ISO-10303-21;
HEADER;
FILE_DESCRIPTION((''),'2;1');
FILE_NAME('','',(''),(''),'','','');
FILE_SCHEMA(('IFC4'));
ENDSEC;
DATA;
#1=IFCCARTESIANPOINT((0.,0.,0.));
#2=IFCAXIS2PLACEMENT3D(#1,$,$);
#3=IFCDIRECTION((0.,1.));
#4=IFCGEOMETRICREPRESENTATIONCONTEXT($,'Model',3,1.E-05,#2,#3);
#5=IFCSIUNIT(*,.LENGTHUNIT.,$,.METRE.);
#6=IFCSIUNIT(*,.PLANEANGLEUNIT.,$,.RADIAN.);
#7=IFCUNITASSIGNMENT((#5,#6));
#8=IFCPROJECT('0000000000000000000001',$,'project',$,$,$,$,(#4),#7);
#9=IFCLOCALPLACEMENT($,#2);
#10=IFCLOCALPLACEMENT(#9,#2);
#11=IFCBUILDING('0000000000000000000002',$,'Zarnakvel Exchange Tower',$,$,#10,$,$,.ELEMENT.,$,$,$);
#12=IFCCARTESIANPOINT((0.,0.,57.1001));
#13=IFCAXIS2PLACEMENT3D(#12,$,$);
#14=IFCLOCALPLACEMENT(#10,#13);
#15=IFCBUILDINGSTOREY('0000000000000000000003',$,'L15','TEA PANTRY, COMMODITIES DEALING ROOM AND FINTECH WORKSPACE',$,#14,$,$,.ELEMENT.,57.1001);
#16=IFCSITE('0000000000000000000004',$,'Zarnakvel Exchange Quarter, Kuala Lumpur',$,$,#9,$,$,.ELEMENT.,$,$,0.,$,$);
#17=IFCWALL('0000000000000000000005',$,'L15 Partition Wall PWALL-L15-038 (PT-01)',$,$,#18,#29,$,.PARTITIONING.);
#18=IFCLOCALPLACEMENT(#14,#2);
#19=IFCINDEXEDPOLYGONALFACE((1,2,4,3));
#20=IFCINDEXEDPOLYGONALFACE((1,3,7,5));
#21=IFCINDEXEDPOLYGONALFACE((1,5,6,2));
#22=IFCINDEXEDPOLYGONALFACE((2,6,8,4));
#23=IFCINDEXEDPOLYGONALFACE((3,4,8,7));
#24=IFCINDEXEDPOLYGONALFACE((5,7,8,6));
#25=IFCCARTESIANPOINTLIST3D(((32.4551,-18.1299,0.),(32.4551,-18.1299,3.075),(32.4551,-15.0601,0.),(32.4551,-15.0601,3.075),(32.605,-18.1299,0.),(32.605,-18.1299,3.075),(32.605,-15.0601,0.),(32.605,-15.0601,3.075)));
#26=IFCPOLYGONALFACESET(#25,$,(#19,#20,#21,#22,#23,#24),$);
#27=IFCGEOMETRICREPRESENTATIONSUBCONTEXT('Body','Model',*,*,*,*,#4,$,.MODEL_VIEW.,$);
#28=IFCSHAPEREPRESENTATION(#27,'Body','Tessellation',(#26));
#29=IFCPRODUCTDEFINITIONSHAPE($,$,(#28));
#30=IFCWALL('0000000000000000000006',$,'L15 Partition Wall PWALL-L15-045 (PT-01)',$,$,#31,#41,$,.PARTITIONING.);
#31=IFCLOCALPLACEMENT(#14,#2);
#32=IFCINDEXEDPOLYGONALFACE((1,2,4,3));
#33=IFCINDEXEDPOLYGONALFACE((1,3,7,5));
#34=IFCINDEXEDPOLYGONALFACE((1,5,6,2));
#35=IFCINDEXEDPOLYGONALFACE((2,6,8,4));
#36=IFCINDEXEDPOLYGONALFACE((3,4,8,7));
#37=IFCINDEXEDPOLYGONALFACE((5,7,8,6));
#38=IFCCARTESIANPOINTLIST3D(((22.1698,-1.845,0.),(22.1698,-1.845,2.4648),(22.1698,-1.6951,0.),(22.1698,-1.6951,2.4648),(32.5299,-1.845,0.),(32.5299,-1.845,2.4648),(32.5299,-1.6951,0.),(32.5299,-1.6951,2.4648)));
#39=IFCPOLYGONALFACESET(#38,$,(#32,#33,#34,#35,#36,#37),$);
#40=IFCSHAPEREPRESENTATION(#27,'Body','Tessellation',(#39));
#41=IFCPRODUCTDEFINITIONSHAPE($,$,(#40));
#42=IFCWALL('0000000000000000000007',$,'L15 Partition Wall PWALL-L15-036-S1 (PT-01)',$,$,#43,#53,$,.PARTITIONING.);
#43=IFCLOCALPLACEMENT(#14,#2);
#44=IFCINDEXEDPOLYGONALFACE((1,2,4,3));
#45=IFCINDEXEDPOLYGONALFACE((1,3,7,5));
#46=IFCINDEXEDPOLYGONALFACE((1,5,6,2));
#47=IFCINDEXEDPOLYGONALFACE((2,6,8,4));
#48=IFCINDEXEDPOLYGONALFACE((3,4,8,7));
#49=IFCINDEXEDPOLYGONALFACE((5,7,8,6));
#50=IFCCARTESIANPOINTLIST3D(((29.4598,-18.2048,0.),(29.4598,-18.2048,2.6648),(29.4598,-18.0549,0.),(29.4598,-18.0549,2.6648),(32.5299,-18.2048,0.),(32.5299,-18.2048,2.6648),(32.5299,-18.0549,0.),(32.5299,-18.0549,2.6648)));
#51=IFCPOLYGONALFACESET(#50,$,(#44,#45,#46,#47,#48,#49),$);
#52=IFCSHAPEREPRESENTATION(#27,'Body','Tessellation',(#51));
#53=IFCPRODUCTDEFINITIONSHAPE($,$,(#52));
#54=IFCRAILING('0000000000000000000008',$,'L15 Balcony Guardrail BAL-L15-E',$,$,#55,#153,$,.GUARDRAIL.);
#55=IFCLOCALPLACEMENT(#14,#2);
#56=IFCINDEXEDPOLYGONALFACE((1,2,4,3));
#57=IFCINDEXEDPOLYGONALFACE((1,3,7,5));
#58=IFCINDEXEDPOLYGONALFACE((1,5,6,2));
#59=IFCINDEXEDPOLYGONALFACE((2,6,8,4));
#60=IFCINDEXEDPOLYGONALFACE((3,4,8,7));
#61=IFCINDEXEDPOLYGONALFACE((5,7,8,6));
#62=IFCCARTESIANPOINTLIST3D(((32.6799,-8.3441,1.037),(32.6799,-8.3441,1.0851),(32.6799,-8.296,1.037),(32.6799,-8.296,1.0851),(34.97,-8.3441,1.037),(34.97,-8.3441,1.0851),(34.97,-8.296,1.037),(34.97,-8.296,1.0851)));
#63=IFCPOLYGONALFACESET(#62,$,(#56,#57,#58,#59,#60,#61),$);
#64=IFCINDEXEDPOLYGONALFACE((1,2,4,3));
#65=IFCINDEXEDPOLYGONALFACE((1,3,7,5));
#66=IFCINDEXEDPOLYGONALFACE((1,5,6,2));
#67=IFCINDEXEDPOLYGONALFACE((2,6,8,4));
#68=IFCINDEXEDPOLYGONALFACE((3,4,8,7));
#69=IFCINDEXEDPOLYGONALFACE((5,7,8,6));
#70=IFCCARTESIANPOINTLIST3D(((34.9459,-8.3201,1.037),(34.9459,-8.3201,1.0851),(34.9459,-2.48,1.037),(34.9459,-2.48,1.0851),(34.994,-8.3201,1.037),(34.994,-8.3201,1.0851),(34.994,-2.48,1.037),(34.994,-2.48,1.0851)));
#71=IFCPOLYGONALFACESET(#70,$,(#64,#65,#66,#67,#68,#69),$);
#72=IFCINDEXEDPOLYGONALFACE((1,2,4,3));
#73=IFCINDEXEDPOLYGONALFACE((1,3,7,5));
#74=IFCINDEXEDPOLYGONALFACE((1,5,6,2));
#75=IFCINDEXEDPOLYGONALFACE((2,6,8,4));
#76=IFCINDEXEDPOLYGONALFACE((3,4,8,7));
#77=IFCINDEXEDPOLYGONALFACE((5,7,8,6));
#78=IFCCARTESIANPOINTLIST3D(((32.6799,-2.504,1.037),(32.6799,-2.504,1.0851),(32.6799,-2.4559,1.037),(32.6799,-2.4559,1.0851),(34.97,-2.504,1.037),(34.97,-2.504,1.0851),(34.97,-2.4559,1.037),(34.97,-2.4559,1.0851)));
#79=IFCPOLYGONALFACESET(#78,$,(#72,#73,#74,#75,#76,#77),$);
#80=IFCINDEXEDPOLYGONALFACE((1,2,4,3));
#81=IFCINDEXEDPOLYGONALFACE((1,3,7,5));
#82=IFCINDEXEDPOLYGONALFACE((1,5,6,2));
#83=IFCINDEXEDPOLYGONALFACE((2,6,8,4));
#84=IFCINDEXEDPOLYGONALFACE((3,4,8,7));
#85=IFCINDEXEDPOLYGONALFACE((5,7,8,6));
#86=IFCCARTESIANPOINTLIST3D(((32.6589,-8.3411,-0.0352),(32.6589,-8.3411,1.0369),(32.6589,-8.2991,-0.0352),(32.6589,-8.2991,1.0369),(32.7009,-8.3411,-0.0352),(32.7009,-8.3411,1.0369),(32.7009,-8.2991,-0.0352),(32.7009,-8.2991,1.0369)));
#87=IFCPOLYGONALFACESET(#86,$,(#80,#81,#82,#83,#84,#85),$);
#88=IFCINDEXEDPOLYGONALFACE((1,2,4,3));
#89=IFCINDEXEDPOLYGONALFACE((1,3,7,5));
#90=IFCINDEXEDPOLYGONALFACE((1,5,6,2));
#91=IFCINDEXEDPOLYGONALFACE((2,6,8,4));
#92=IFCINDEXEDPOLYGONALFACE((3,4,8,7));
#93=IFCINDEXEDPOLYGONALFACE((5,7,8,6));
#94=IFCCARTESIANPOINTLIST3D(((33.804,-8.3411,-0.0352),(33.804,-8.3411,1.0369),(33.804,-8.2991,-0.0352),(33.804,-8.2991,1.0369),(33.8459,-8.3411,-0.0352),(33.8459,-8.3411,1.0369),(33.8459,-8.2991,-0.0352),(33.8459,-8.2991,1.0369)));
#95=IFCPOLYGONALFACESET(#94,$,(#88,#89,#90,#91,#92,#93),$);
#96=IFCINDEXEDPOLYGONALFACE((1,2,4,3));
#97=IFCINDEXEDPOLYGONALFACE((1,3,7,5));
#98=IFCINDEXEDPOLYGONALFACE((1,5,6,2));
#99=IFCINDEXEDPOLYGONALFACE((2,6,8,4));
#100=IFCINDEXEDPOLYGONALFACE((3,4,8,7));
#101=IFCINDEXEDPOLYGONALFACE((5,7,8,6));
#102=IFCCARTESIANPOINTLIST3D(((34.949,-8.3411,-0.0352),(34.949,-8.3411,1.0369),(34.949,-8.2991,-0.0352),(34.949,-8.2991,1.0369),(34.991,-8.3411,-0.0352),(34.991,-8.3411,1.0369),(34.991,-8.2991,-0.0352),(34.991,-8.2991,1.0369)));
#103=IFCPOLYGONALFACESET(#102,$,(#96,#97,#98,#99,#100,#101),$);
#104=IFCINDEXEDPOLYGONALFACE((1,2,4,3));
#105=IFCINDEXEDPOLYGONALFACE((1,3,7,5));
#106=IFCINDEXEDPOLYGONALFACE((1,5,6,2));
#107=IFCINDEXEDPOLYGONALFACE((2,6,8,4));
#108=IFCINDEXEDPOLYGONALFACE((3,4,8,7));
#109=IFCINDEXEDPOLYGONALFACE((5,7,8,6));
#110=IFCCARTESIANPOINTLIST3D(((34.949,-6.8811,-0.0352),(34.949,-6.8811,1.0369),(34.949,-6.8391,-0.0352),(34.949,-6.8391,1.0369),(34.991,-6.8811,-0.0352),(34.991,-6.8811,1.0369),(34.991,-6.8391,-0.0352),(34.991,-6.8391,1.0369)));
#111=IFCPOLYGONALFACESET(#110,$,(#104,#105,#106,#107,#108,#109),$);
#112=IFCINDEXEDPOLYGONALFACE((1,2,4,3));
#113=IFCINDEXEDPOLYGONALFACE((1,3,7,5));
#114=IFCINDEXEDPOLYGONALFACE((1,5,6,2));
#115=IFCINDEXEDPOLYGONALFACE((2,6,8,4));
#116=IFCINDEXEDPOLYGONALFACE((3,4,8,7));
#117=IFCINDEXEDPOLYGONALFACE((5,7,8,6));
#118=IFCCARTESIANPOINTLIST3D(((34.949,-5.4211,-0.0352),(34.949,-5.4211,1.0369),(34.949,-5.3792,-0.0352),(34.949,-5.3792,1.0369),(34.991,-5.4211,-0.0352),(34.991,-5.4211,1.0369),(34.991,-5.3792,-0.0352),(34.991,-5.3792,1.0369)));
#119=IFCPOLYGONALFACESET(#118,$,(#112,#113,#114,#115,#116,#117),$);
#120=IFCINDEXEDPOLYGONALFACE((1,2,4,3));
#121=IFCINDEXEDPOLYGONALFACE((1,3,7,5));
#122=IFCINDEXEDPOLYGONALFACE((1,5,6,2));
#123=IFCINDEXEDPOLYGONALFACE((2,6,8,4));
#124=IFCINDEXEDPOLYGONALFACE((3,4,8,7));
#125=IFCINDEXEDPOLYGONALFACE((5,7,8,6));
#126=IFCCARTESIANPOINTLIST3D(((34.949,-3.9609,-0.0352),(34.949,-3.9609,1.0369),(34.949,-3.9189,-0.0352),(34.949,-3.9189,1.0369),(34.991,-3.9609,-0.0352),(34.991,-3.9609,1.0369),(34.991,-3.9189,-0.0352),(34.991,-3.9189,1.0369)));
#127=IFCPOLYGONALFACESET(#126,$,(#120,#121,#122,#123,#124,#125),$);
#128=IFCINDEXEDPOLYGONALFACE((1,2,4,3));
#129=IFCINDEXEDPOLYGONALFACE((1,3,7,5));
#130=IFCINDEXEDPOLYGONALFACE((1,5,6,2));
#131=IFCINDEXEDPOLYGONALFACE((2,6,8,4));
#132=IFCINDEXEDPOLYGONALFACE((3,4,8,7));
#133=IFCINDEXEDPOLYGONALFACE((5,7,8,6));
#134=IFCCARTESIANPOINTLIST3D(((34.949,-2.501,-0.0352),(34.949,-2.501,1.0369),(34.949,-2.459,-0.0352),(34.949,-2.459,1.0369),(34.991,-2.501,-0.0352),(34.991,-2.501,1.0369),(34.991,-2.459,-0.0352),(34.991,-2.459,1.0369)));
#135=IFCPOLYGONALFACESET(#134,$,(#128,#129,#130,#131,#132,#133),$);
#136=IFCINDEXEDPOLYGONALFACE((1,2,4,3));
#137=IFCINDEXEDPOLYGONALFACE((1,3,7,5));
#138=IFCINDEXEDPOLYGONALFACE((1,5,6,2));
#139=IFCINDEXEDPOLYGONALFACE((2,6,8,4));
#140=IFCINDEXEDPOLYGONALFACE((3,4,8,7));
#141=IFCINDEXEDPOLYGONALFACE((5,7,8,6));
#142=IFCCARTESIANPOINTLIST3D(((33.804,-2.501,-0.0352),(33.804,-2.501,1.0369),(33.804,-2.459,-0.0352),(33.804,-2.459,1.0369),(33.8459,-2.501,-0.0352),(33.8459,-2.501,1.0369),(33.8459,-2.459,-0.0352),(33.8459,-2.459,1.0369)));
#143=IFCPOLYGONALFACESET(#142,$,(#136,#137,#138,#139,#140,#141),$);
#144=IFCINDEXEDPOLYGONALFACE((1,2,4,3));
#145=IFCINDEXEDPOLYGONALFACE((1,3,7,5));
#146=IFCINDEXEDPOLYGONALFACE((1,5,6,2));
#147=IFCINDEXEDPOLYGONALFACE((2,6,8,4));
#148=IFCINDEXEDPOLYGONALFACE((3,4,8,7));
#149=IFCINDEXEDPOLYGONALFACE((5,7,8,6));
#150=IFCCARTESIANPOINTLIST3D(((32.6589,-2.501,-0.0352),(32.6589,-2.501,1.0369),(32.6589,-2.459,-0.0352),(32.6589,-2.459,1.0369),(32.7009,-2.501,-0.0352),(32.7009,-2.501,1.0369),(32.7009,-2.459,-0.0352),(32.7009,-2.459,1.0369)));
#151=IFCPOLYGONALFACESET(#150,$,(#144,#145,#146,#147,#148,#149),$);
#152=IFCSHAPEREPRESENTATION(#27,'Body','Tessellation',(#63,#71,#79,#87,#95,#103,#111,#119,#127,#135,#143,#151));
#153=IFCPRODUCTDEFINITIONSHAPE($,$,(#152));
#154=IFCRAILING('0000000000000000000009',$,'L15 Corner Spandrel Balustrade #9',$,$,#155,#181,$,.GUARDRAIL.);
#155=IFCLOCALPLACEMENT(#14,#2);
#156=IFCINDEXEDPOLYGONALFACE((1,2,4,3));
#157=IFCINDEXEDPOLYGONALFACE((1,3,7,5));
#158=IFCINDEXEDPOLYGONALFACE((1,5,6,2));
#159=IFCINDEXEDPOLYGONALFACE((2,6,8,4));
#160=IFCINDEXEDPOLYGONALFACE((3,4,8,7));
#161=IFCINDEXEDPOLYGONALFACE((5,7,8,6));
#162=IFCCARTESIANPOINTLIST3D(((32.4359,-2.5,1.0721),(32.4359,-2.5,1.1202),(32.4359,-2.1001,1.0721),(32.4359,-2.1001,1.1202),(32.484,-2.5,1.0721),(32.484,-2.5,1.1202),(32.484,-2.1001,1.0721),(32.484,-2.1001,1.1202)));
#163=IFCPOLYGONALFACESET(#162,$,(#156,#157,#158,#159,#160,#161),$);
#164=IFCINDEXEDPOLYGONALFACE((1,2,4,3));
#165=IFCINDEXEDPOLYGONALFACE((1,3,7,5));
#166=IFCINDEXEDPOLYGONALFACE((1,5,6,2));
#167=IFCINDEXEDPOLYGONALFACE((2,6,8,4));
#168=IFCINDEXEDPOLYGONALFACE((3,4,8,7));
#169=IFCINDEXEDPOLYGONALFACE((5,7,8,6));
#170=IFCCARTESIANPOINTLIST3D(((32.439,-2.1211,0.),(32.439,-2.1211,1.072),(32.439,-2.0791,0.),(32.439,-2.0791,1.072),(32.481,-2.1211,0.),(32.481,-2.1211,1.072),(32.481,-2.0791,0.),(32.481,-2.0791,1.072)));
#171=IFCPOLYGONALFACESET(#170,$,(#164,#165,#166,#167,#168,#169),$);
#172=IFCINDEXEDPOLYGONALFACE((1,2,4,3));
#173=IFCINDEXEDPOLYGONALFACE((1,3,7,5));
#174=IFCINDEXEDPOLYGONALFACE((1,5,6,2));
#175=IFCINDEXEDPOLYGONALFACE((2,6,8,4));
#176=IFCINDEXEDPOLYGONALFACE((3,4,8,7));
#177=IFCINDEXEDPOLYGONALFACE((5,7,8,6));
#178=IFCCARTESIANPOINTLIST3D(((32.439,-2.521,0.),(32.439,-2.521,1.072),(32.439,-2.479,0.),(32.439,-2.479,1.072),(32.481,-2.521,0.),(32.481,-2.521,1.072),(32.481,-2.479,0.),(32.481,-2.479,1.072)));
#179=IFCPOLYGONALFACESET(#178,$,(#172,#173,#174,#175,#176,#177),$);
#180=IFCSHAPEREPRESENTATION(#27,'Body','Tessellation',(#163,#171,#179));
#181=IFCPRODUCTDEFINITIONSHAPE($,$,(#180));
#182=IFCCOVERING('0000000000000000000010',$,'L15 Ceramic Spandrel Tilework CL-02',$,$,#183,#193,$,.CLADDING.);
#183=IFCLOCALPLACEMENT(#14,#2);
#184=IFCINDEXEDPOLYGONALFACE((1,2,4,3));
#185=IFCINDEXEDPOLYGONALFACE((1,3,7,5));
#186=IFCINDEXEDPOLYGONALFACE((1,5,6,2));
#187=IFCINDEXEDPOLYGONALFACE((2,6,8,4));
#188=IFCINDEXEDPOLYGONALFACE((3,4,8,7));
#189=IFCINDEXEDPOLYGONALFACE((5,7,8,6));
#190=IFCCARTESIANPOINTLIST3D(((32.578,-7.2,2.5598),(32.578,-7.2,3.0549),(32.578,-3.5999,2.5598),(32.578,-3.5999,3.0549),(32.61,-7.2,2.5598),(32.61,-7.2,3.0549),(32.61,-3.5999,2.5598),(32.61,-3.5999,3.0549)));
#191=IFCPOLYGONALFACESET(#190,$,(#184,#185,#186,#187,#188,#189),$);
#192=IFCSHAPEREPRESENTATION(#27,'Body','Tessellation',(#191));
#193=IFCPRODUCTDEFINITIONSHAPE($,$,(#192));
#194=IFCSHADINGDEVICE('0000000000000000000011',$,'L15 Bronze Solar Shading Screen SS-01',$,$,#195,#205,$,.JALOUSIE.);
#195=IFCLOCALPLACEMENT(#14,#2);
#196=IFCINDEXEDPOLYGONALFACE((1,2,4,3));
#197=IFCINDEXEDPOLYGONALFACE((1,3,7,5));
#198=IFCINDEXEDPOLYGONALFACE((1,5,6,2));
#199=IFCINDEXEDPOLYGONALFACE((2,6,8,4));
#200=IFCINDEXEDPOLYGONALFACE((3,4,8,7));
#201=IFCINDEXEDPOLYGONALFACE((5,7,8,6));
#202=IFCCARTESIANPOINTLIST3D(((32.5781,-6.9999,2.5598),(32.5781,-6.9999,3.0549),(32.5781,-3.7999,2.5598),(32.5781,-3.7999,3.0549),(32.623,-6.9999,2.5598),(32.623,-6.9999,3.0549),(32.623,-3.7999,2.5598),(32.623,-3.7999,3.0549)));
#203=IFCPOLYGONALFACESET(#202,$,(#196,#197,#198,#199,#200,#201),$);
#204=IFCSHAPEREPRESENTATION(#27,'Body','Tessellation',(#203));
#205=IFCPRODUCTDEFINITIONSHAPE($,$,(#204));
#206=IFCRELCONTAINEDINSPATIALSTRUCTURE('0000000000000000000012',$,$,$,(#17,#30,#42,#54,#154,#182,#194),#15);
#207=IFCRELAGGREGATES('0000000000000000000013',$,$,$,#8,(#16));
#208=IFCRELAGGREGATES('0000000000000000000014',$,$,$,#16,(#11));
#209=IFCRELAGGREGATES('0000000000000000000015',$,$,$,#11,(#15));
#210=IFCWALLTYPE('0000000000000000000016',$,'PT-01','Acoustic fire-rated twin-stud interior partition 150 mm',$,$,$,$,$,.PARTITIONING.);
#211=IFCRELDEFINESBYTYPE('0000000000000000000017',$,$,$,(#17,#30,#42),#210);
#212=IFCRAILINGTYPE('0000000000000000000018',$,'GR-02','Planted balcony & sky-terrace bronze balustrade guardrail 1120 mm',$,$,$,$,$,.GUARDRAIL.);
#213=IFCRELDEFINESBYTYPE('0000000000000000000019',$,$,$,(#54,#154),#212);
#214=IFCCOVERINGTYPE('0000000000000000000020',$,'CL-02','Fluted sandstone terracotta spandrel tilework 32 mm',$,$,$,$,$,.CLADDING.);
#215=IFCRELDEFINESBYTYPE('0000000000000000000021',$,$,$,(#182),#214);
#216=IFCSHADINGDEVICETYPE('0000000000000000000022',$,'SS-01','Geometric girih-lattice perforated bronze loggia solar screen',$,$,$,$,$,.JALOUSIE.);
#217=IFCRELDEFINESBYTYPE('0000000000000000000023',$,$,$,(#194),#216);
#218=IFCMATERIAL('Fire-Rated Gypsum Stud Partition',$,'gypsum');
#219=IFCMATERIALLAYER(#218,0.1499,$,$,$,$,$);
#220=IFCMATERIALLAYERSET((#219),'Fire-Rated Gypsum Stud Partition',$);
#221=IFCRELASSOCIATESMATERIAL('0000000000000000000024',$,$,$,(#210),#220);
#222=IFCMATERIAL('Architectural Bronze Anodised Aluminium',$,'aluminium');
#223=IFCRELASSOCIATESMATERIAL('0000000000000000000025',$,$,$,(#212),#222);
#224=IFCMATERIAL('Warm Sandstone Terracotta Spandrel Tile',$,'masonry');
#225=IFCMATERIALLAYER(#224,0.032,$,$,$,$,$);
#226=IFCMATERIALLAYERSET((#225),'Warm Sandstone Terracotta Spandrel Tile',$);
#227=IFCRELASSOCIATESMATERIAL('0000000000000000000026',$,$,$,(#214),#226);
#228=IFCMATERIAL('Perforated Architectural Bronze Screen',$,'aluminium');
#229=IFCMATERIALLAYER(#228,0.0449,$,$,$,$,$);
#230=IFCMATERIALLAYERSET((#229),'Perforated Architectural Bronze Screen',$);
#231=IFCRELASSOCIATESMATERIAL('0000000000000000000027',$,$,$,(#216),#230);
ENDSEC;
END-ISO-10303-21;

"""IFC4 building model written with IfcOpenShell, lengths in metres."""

from ifc_helpers import new_model, si_unit, direction, frame, frame_2d, origin, origin_2d, place, context, subcontext, project, spatial, rectangle, extrude, source, transform, mapped, material, layer, layer_set, type_object, element, save


model = new_model("IFC4")

# Units and contexts
model_context = context("Model", 3, precision=1e-05, world=origin(), true_north=direction((0.0, 1.0)))
body_context = subcontext(model_context, "Body", "Model", "MODEL_VIEW")
ifc_project = project(units=[si_unit("LENGTHUNIT", "METRE"), si_unit("PLANEANGLEUNIT", "RADIAN")], contexts=[model_context])

# Site, building, storey
site_placement = place(None, origin())
site = spatial("IfcSite", under=ifc_project, at=site_placement, Name="Zarnakvel Exchange Quarter, Kuala Lumpur", CompositionType="ELEMENT", RefElevation=0.0)
building_placement = place(site_placement, origin())
building = spatial("IfcBuilding", under=site, at=building_placement, Name="Zarnakvel Exchange Tower", CompositionType="ELEMENT")
storey_placement = place(building_placement, frame((0.0, 0.0, 57.1001)))
storey = spatial("IfcBuildingStorey", under=building, at=storey_placement, Name="L15", Description="TEA PANTRY, COMMODITIES DEALING ROOM AND FINTECH WORKSPACE", CompositionType="ELEMENT", Elevation=57.1001)

# Shared definitions
ifc_material_1 = material(Name="Architectural Bronze Anodised Aluminium", Category="aluminium")

# Walls
ifc_material_2 = material(Name="Fire-Rated Gypsum Stud Partition", Category="gypsum")
ifc_layer_1 = layer(ifc_material_2, 0.1499)
ifc_layer_set_1 = layer_set([ifc_layer_1], Name="Fire-Rated Gypsum Stud Partition")
wall_type_1 = type_object("IfcWallType", Name="PT-01", Description="Acoustic fire-rated twin-stud interior partition 150 mm", PredefinedType="PARTITIONING", material=ifc_layer_set_1)
wall_1_placement = place(storey_placement, frame((32.53, -15.0601, 0.0), z_axis=(0.0, 0.0, 1.0), x_axis=(0.0, -1.0, 0.0)))
element("IfcWall", 1, at=wall_1_placement, inside=storey, type_object=wall_type_1, Name="L15 Partition Wall PWALL-L15-038 (PT-01)", PredefinedType="PARTITIONING", context=body_context, shape_type="SweptSolid", body=[
    extrude(rectangle(XDim=3.0698, YDim=0.1499, at=frame_2d((1.5349, 0.0))), origin(), (0.0, 0.0, 1.0), 3.075),
])
wall_2_placement = place(storey_placement, frame((32.53, -1.77, 0.0), z_axis=(0.0, 0.0, 1.0), x_axis=(-1.0, 0.0, 0.0)))
element("IfcWall", 2, at=wall_2_placement, inside=storey, type_object=wall_type_1, Name="L15 Partition Wall PWALL-L15-045 (PT-01)", PredefinedType="PARTITIONING", context=body_context, shape_type="SweptSolid", body=[
    extrude(rectangle(XDim=10.3601, YDim=0.1499, at=frame_2d((5.1802, 0.0))), origin(), (0.0, 0.0, 1.0), 2.4648),
])
wall_3_placement = place(storey_placement, frame((32.53, -18.1299, 0.0), z_axis=(0.0, 0.0, 1.0), x_axis=(-1.0, 0.0, 0.0)))
element("IfcWall", 3, at=wall_3_placement, inside=storey, type_object=wall_type_1, Name="L15 Partition Wall PWALL-L15-036-S1 (PT-01)", PredefinedType="PARTITIONING", context=body_context, shape_type="SweptSolid", body=[
    extrude(rectangle(XDim=3.0701, YDim=0.1499, at=frame_2d((1.5352, 0.0))), origin(), (0.0, 0.0, 1.0), 2.6648),
])

# Railings
railing_type = type_object("IfcRailingType", Name="GR-02", Description="Planted balcony & sky-terrace bronze balustrade guardrail 1120 mm", PredefinedType="GUARDRAIL", material=ifc_material_1)
railing_1_placement = place(storey_placement, frame((32.6799, -8.3201, -0.0352)))
element("IfcRailing", 4, at=railing_1_placement, inside=storey, type_object=railing_type, Name="L15 Balcony Guardrail BAL-L15-E", PredefinedType="GUARDRAIL", context=body_context, shape_type="SweptSolid", body=[
    extrude(rectangle(XDim=0.0481, YDim=0.0481, at=origin_2d()), frame((0.0, 0.0, 1.0962), z_axis=(1.0, 0.0, 0.0), x_axis=(0.0, 1.0, 0.0)), (0.0, 0.0, 1.0), 2.29),
    extrude(rectangle(XDim=0.0481, YDim=0.0481, at=origin_2d()), frame((2.29, 0.0, 1.0962), z_axis=(0.0, 1.0, 0.0), x_axis=(-1.0, 0.0, 0.0)), (0.0, 0.0, 1.0), 5.8401),
    extrude(rectangle(XDim=0.0481, YDim=0.0481, at=origin_2d()), frame((2.29, 5.8401, 1.0962), z_axis=(-1.0, 0.0, 0.0), x_axis=(0.0, -1.0, 0.0)), (0.0, 0.0, 1.0), 2.29),
    extrude(rectangle(XDim=0.042, YDim=0.042, at=origin_2d()), origin(), (0.0, 0.0, 1.0), 1.072),
    extrude(rectangle(XDim=0.042, YDim=0.042, at=origin_2d()), frame((1.145, 0.0, 0.0)), (0.0, 0.0, 1.0), 1.072),
    extrude(rectangle(XDim=0.042, YDim=0.042, at=origin_2d()), frame((2.29, 0.0, 0.0)), (0.0, 0.0, 1.0), 1.072),
    extrude(rectangle(XDim=0.042, YDim=0.042, at=origin_2d()), frame((2.29, 1.46, 0.0)), (0.0, 0.0, 1.0), 1.072),
    extrude(rectangle(XDim=0.042, YDim=0.042, at=origin_2d()), frame((2.29, 2.9199, 0.0)), (0.0, 0.0, 1.0), 1.072),
    extrude(rectangle(XDim=0.042, YDim=0.042, at=origin_2d()), frame((2.29, 4.3801, 0.0)), (0.0, 0.0, 1.0), 1.072),
    extrude(rectangle(XDim=0.042, YDim=0.042, at=origin_2d()), frame((2.29, 5.8401, 0.0)), (0.0, 0.0, 1.0), 1.072),
    extrude(rectangle(XDim=0.042, YDim=0.042, at=origin_2d()), frame((1.145, 5.8401, 0.0)), (0.0, 0.0, 1.0), 1.072),
    extrude(rectangle(XDim=0.042, YDim=0.042, at=origin_2d()), frame((0.0, 5.8401, 0.0)), (0.0, 0.0, 1.0), 1.072),
])
railing_2_placement = place(storey_placement, frame((32.46, -2.1001, 0.0)))
element("IfcRailing", 5, at=railing_2_placement, inside=storey, type_object=railing_type, Name="L15 Corner Spandrel Balustrade #9", PredefinedType="GUARDRAIL", context=body_context, shape_type="SweptSolid", body=[
    extrude(rectangle(XDim=0.0481, YDim=0.0481, at=origin_2d()), frame((0.0, 0.0, 1.0962), z_axis=(0.0, -1.0, 0.0), x_axis=(1.0, 0.0, 0.0)), (0.0, 0.0, 1.0), 0.3999),
    extrude(rectangle(XDim=0.042, YDim=0.042, at=origin_2d()), origin(), (0.0, 0.0, 1.0), 1.072),
    extrude(rectangle(XDim=0.042, YDim=0.042, at=origin_2d()), frame((0.0, -0.3999, 0.0)), (0.0, 0.0, 1.0), 1.072),
])

# Covering
ifc_material_3 = material(Name="Warm Sandstone Terracotta Spandrel Tile", Category="masonry")
ifc_layer_2 = layer(ifc_material_3, 0.032)
ifc_layer_set_2 = layer_set([ifc_layer_2], Name="Warm Sandstone Terracotta Spandrel Tile")
covering_type = type_object("IfcCoveringType", Name="CL-02", Description="Fluted sandstone terracotta spandrel tilework 32 mm", PredefinedType="CLADDING", material=ifc_layer_set_2)
shared_shape_1 = source(origin(), body_context, "Body", "SweptSolid", [
    extrude(rectangle(XDim=3.6001, YDim=0.032, at=origin_2d()), origin(), (0.0, 0.0, 1.0), 0.4951),
])
covering_placement = place(storey_placement, frame((32.594, -5.3999, 2.5598), z_axis=(0.0, 0.0, 1.0), x_axis=(0.0, -1.0, 0.0)))
element("IfcCovering", 6, at=covering_placement, inside=storey, type_object=covering_type, Name="L15 Ceramic Spandrel Tilework CL-02", PredefinedType="CLADDING", context=body_context, shape_type="MappedRepresentation", body=[
    mapped(shared_shape_1, transform((0.0, 0.0, 0.0), x_axis=(1.0, 0.0, 0.0), y_axis=(0.0, 1.0, 0.0), z_axis=(0.0, 0.0, 1.0), scale=1.0)),
])

# Shading device
ifc_material_4 = material(Name="Perforated Architectural Bronze Screen", Category="aluminium")
ifc_layer_3 = layer(ifc_material_4, 0.0449)
ifc_layer_set_3 = layer_set([ifc_layer_3], Name="Perforated Architectural Bronze Screen")
shading_device_type = type_object("IfcShadingDeviceType", Name="SS-01", Description="Geometric girih-lattice perforated bronze loggia solar screen", PredefinedType="JALOUSIE", material=ifc_layer_set_3)
shared_shape_2 = source(origin(), body_context, "Body", "SweptSolid", [
    extrude(rectangle(XDim=3.2, YDim=0.0449, at=origin_2d()), origin(), (0.0, 0.0, 1.0), 0.4951),
])
shading_device_placement = place(storey_placement, frame((32.6006, -5.3999, 2.5598), z_axis=(0.0, 0.0, 1.0), x_axis=(0.0, -1.0, 0.0)))
element("IfcShadingDevice", 7, at=shading_device_placement, inside=storey, type_object=shading_device_type, Name="L15 Bronze Solar Shading Screen SS-01", PredefinedType="JALOUSIE", context=body_context, shape_type="MappedRepresentation", body=[
    mapped(shared_shape_2, transform((0.0, 0.0, 0.0), x_axis=(1.0, 0.0, 0.0), y_axis=(0.0, 1.0, 0.0), z_axis=(0.0, 0.0, 1.0), scale=1.0)),
])

save(model, "model.ifc")
